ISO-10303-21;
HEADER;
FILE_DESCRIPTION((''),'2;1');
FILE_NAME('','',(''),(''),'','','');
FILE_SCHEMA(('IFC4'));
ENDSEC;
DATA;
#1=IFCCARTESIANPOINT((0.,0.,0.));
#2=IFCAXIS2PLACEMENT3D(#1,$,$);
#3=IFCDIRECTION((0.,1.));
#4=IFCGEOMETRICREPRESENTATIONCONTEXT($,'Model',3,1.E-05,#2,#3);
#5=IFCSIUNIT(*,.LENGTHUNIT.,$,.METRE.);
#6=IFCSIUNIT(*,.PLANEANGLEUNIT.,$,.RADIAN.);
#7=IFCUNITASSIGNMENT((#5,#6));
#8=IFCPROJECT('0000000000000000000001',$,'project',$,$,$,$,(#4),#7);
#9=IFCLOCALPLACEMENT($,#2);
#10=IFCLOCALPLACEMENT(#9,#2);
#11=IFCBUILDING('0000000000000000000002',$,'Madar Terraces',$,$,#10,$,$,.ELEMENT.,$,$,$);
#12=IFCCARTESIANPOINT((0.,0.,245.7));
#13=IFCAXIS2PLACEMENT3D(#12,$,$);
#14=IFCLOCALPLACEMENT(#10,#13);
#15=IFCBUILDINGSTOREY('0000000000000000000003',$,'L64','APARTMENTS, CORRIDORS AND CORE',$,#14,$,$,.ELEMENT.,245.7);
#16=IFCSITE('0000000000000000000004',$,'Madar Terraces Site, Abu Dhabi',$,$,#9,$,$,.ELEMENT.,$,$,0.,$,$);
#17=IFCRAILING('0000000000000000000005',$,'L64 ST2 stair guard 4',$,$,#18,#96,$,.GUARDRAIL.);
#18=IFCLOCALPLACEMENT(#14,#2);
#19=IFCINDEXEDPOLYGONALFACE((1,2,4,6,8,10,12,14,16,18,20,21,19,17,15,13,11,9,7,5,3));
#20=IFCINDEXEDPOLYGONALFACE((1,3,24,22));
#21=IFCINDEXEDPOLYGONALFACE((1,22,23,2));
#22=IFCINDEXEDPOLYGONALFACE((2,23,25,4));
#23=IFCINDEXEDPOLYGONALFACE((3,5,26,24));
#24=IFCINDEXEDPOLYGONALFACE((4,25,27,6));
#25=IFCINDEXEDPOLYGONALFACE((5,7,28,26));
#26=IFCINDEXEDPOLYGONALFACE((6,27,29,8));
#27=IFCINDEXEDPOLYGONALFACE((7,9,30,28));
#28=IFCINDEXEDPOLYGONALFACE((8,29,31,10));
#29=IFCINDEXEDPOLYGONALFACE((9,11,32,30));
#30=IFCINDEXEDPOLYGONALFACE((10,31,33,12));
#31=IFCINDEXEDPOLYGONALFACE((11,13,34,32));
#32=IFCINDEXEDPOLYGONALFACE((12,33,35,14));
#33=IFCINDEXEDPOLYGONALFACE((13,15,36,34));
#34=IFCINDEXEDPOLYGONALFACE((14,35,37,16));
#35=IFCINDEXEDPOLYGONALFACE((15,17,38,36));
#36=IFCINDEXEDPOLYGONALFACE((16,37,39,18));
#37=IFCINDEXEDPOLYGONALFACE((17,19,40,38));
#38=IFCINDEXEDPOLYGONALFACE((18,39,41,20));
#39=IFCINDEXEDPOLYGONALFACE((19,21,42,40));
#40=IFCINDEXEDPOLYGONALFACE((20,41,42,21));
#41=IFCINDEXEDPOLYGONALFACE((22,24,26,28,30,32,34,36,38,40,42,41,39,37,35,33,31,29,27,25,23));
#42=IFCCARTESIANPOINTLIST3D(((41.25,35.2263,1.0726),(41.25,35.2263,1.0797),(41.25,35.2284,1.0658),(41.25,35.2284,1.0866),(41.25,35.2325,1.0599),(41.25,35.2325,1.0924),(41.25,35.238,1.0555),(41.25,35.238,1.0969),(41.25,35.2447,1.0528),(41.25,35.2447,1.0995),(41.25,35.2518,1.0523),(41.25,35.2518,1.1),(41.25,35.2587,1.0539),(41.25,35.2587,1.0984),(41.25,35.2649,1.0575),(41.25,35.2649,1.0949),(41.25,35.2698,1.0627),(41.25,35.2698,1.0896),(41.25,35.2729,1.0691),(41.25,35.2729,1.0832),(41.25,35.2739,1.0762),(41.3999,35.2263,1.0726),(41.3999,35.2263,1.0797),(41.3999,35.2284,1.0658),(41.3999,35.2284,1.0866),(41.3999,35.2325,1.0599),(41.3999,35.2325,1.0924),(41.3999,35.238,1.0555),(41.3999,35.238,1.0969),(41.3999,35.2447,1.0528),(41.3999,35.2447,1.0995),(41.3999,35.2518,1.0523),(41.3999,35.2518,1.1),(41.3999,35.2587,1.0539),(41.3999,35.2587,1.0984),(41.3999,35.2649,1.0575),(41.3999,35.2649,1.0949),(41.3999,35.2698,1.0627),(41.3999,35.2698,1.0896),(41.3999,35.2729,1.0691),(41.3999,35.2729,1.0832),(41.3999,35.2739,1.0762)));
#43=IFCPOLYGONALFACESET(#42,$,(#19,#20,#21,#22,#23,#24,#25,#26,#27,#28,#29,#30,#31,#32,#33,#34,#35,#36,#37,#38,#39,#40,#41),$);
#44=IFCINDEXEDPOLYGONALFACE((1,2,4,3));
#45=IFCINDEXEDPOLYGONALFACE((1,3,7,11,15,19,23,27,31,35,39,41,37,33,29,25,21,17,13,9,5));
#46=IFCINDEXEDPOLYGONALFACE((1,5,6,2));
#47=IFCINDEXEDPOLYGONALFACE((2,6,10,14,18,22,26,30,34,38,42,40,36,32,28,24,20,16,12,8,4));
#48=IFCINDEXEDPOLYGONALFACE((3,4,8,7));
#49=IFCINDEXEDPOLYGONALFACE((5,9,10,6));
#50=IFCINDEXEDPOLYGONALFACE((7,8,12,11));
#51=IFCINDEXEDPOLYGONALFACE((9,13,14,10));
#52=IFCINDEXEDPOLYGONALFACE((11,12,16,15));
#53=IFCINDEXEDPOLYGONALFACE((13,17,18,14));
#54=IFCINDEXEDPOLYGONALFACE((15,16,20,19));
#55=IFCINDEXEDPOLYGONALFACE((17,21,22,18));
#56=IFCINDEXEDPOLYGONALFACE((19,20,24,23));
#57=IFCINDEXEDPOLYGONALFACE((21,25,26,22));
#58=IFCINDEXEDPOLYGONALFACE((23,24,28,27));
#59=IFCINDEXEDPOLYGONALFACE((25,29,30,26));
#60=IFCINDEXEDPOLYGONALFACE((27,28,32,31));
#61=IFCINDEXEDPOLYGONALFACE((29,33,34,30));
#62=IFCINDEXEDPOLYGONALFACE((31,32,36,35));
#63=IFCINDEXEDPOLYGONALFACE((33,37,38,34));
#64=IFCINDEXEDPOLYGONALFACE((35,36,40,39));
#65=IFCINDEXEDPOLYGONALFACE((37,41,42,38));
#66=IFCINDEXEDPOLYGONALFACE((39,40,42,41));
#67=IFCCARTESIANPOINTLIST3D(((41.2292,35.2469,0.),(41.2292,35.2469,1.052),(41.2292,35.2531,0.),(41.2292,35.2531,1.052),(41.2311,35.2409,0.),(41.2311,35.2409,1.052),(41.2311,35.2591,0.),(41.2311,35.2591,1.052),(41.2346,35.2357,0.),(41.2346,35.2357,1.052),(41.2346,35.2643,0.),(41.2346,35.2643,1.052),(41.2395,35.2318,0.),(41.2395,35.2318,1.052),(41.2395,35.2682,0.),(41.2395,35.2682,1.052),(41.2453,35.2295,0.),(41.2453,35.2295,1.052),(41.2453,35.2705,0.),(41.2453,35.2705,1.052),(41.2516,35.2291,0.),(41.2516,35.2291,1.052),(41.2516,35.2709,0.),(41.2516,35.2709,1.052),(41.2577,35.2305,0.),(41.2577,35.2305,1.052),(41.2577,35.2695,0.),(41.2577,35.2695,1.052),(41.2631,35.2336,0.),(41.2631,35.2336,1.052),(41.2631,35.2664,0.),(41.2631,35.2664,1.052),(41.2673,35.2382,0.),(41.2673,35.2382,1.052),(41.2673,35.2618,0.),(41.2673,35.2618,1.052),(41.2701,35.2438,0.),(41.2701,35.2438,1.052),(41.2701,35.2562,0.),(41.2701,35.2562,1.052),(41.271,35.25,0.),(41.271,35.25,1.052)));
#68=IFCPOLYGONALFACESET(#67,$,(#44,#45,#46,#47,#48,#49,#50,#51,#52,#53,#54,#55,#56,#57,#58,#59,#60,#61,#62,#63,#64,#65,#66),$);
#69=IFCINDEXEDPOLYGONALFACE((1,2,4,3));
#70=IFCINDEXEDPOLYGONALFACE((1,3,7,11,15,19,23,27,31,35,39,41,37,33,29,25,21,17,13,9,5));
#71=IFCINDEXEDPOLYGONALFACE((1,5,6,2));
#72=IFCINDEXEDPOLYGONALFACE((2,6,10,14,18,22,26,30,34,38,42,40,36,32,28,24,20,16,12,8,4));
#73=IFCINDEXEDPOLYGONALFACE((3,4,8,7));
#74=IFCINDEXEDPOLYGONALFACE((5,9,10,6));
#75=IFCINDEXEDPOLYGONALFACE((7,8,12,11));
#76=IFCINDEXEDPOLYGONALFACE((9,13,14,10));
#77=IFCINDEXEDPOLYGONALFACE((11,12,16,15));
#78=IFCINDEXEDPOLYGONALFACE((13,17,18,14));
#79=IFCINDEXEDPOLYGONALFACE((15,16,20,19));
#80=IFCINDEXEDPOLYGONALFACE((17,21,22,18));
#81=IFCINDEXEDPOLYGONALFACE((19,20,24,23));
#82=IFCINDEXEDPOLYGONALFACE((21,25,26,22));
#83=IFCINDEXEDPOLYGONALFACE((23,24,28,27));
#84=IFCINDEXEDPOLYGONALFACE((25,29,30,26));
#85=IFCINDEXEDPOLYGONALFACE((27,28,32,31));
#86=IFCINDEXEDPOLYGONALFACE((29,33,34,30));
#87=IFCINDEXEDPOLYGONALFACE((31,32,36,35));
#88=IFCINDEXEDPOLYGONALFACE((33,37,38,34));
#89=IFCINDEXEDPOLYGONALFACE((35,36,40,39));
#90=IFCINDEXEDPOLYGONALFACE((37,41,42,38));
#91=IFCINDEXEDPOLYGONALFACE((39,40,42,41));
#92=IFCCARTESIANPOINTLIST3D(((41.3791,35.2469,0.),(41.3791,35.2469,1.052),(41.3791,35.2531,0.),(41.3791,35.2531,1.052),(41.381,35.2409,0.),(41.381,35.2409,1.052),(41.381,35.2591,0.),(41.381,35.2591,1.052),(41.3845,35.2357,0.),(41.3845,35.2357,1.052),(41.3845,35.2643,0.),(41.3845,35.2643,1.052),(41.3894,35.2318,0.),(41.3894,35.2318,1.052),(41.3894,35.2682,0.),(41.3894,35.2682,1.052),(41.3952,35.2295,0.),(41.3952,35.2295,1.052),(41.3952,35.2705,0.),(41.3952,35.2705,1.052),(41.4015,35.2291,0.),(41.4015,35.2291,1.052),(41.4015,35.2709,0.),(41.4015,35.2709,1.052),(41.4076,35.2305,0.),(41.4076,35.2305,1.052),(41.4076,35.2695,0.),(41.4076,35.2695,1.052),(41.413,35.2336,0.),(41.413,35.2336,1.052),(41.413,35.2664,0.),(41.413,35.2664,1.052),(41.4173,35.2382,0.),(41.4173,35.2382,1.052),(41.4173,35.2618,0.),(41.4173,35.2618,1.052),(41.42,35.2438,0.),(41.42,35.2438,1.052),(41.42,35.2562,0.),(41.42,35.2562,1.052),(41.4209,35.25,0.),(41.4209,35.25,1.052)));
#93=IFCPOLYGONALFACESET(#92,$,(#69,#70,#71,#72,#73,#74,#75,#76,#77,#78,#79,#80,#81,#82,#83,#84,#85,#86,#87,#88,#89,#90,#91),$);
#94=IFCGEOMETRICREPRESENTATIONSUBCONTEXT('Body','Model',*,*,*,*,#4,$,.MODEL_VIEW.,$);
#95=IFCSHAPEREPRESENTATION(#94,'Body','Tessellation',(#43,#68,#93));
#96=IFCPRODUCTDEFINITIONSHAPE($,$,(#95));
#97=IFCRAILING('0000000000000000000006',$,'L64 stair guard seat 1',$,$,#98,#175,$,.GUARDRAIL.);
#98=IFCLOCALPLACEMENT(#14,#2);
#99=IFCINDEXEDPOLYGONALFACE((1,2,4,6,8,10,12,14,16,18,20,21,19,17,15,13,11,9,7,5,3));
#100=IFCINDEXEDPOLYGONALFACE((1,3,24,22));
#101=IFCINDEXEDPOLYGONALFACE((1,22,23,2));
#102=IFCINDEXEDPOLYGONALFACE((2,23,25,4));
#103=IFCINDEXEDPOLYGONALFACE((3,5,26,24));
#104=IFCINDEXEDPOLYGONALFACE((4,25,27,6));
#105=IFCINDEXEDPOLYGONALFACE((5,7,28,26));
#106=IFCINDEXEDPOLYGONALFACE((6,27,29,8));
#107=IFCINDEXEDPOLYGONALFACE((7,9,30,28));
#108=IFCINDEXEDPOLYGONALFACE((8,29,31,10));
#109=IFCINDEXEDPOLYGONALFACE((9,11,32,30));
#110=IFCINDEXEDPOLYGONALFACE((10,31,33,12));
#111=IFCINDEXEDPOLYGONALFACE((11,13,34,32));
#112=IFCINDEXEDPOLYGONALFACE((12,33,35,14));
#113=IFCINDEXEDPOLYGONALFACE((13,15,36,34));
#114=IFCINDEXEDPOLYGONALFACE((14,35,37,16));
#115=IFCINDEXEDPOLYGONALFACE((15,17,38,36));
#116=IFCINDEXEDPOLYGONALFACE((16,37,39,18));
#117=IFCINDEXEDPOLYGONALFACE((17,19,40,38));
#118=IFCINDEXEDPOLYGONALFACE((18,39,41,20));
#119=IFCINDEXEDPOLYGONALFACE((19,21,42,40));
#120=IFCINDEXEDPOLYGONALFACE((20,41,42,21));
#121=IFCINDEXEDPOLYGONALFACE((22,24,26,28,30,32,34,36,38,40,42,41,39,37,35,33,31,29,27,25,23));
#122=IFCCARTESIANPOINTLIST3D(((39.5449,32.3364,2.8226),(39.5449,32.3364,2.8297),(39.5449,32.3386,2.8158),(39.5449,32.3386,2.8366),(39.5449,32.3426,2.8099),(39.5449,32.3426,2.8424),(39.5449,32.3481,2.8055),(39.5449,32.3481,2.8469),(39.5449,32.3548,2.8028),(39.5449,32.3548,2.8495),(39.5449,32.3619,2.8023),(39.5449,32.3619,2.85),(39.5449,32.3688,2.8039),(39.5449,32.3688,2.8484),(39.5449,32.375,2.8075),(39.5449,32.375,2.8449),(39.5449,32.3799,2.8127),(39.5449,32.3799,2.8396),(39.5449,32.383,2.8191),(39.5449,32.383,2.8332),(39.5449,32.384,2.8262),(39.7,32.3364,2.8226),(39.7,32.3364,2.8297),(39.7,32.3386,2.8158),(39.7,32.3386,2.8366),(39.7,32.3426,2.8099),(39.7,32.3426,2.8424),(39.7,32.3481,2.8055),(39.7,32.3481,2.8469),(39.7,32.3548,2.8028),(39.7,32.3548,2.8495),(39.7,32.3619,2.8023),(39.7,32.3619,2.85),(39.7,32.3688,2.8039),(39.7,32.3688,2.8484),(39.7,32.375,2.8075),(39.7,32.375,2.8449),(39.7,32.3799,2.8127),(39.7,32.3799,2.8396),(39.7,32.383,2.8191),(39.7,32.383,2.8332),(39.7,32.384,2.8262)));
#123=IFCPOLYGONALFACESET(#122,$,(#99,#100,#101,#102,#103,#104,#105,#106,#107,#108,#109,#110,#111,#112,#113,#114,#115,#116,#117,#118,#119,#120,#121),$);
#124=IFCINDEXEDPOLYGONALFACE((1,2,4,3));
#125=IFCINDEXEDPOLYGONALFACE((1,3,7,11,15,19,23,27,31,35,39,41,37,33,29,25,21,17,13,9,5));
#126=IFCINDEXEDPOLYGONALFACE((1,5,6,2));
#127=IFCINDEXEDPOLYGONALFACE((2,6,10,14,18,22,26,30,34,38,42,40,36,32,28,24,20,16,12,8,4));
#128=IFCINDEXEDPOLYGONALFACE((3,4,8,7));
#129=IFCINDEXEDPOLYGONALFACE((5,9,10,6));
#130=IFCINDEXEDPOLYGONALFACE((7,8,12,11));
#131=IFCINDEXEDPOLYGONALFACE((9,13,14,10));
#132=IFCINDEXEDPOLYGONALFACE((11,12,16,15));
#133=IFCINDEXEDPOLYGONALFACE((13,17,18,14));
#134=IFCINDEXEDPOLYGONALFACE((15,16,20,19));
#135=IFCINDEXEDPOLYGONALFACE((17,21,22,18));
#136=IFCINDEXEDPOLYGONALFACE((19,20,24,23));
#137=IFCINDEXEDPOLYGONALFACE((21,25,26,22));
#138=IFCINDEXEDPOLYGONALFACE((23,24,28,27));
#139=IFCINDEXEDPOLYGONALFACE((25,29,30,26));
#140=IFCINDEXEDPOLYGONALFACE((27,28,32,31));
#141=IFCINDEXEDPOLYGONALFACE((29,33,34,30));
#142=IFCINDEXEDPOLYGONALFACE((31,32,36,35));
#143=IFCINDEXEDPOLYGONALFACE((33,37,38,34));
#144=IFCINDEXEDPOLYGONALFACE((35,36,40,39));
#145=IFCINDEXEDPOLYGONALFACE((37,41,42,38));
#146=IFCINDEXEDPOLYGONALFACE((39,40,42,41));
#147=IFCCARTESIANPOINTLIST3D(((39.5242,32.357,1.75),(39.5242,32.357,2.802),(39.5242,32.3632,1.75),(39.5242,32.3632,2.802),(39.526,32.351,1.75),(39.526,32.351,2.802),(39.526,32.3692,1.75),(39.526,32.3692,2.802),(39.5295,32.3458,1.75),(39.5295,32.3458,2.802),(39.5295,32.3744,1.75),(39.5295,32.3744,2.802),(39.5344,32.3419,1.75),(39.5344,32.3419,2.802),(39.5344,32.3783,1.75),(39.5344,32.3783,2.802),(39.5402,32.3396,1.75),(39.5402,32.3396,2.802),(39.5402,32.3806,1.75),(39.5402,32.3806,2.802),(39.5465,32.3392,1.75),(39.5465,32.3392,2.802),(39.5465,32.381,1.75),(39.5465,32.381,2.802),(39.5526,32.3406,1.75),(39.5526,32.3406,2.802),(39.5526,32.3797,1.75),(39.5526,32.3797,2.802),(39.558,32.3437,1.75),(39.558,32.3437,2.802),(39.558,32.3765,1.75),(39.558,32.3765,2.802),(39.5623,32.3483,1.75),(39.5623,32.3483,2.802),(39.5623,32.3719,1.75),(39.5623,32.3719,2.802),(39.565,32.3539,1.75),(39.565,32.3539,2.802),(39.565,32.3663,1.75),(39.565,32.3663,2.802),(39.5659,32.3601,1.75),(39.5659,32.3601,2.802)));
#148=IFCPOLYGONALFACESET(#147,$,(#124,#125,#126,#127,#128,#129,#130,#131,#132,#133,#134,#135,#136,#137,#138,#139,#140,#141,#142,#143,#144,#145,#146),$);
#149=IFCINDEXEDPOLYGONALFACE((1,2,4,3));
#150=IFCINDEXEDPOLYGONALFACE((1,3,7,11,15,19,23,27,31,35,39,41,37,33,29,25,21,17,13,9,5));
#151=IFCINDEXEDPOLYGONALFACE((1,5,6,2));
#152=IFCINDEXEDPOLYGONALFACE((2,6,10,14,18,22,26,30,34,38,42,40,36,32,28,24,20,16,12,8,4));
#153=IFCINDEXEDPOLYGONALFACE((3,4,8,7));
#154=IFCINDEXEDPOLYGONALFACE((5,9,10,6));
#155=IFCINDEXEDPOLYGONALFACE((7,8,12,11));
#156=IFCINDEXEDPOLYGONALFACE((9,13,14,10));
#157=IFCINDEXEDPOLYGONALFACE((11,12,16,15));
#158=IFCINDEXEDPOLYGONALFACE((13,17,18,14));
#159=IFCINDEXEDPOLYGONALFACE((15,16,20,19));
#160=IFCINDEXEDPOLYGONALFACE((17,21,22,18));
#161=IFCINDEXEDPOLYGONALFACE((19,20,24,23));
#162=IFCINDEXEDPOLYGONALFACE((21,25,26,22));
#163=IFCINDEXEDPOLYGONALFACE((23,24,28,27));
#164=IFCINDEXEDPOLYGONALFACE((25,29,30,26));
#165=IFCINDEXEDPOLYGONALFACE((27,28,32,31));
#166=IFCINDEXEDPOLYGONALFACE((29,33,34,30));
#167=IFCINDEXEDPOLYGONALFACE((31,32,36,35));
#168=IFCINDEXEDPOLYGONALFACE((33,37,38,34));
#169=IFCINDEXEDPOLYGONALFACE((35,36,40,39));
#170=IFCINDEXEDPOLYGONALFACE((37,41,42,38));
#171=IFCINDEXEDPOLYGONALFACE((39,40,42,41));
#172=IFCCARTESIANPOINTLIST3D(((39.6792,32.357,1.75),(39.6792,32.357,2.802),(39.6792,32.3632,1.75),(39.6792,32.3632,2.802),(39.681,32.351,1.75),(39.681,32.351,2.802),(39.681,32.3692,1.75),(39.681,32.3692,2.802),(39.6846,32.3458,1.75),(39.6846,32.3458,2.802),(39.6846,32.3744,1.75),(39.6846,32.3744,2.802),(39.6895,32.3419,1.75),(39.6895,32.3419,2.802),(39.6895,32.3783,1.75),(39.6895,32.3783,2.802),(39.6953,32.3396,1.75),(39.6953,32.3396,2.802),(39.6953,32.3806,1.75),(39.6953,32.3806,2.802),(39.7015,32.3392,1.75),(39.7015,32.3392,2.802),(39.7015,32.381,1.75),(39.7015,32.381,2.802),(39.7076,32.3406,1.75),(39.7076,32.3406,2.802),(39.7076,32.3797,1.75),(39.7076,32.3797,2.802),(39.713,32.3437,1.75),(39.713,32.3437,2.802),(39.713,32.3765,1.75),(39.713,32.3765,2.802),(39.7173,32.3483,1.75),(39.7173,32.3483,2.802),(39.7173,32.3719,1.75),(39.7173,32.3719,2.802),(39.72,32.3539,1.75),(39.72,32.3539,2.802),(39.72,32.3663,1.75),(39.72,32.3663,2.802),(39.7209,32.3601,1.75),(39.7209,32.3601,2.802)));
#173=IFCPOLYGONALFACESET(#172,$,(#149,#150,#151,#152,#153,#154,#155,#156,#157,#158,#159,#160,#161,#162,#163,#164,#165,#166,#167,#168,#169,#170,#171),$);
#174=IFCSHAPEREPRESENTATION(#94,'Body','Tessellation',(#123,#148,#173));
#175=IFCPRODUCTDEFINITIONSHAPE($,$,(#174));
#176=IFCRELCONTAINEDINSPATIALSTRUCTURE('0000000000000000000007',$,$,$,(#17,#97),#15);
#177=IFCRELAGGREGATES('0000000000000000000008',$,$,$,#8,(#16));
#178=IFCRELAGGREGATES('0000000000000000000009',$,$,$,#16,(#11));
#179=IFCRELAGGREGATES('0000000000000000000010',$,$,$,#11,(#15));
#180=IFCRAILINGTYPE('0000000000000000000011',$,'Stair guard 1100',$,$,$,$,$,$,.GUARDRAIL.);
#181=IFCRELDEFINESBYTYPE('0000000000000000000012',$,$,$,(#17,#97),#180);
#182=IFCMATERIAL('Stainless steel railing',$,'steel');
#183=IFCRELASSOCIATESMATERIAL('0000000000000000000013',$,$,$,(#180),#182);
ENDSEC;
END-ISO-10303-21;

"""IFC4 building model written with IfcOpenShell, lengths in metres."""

from ifc_helpers import new_model, si_unit, direction, frame, origin, origin_2d, place, context, subcontext, project, spatial, circle, extrude, material, type_object, element, save


model = new_model("IFC4")

# Units and contexts
model_context = context("Model", 3, precision=1e-05, world=origin(), true_north=direction((0.0, 1.0)))
body_context = subcontext(model_context, "Body", "Model", "MODEL_VIEW")
ifc_project = project(units=[si_unit("LENGTHUNIT", "METRE"), si_unit("PLANEANGLEUNIT", "RADIAN")], contexts=[model_context])

# Site, building, storey
site_placement = place(None, origin())
site = spatial("IfcSite", under=ifc_project, at=site_placement, Name="Madar Terraces Site, Abu Dhabi", CompositionType="ELEMENT", RefElevation=0.0)
building_placement = place(site_placement, origin())
building = spatial("IfcBuilding", under=site, at=building_placement, Name="Madar Terraces", CompositionType="ELEMENT")
storey_placement = place(building_placement, frame((0.0, 0.0, 245.7)))
storey = spatial("IfcBuildingStorey", under=building, at=storey_placement, Name="L64", Description="APARTMENTS, CORRIDORS AND CORE", CompositionType="ELEMENT", Elevation=245.7)

# Railings
ifc_material_1 = material(Name="Stainless steel railing", Category="steel")
railing_type_1 = type_object("IfcRailingType", Name="Stair guard 1100", PredefinedType="GUARDRAIL", material=ifc_material_1)
railing_1_placement = place(storey_placement, frame((41.25, 35.25, 0.0)))
element("IfcRailing", 1, at=railing_1_placement, inside=storey, type_object=railing_type_1, Name="L64 ST2 stair guard 4", PredefinedType="GUARDRAIL", context=body_context, shape_type="SweptSolid", body=[
    extrude(circle(Radius=0.0239, at=origin_2d()), frame((0.0, 0.0, 1.0762), z_axis=(1.0, 0.0, 0.0), x_axis=(0.0, 1.0, 0.0)), (0.0, 0.0, 1.0), 0.1499),
    extrude(circle(Radius=0.021, at=origin_2d()), origin(), (0.0, 0.0, 1.0), 1.052),
    extrude(circle(Radius=0.021, at=origin_2d()), frame((0.1499, 0.0, 0.0)), (0.0, 0.0, 1.0), 1.052),
])
for number, where, name in (
    (2, (39.5449, 32.3601, 1.75), "L64 stair guard seat 1"),
):
    element("IfcRailing", number, at=place(storey_placement, frame(where)), inside=storey, type_object=railing_type_1, Name=name, PredefinedType="GUARDRAIL", context=body_context, shape_type="SweptSolid", body=[
        extrude(circle(Radius=0.0239, at=origin_2d()), frame((0.0, 0.0, 1.0762), z_axis=(1.0, 0.0, 0.0), x_axis=(0.0, 1.0, 0.0)), (0.0, 0.0, 1.0), 0.155),
        extrude(circle(Radius=0.021, at=origin_2d()), origin(), (0.0, 0.0, 1.0), 1.052),
        extrude(circle(Radius=0.021, at=origin_2d()), frame((0.155, 0.0, 0.0)), (0.0, 0.0, 1.0), 1.052),
    ])

save(model, "model.ifc")
